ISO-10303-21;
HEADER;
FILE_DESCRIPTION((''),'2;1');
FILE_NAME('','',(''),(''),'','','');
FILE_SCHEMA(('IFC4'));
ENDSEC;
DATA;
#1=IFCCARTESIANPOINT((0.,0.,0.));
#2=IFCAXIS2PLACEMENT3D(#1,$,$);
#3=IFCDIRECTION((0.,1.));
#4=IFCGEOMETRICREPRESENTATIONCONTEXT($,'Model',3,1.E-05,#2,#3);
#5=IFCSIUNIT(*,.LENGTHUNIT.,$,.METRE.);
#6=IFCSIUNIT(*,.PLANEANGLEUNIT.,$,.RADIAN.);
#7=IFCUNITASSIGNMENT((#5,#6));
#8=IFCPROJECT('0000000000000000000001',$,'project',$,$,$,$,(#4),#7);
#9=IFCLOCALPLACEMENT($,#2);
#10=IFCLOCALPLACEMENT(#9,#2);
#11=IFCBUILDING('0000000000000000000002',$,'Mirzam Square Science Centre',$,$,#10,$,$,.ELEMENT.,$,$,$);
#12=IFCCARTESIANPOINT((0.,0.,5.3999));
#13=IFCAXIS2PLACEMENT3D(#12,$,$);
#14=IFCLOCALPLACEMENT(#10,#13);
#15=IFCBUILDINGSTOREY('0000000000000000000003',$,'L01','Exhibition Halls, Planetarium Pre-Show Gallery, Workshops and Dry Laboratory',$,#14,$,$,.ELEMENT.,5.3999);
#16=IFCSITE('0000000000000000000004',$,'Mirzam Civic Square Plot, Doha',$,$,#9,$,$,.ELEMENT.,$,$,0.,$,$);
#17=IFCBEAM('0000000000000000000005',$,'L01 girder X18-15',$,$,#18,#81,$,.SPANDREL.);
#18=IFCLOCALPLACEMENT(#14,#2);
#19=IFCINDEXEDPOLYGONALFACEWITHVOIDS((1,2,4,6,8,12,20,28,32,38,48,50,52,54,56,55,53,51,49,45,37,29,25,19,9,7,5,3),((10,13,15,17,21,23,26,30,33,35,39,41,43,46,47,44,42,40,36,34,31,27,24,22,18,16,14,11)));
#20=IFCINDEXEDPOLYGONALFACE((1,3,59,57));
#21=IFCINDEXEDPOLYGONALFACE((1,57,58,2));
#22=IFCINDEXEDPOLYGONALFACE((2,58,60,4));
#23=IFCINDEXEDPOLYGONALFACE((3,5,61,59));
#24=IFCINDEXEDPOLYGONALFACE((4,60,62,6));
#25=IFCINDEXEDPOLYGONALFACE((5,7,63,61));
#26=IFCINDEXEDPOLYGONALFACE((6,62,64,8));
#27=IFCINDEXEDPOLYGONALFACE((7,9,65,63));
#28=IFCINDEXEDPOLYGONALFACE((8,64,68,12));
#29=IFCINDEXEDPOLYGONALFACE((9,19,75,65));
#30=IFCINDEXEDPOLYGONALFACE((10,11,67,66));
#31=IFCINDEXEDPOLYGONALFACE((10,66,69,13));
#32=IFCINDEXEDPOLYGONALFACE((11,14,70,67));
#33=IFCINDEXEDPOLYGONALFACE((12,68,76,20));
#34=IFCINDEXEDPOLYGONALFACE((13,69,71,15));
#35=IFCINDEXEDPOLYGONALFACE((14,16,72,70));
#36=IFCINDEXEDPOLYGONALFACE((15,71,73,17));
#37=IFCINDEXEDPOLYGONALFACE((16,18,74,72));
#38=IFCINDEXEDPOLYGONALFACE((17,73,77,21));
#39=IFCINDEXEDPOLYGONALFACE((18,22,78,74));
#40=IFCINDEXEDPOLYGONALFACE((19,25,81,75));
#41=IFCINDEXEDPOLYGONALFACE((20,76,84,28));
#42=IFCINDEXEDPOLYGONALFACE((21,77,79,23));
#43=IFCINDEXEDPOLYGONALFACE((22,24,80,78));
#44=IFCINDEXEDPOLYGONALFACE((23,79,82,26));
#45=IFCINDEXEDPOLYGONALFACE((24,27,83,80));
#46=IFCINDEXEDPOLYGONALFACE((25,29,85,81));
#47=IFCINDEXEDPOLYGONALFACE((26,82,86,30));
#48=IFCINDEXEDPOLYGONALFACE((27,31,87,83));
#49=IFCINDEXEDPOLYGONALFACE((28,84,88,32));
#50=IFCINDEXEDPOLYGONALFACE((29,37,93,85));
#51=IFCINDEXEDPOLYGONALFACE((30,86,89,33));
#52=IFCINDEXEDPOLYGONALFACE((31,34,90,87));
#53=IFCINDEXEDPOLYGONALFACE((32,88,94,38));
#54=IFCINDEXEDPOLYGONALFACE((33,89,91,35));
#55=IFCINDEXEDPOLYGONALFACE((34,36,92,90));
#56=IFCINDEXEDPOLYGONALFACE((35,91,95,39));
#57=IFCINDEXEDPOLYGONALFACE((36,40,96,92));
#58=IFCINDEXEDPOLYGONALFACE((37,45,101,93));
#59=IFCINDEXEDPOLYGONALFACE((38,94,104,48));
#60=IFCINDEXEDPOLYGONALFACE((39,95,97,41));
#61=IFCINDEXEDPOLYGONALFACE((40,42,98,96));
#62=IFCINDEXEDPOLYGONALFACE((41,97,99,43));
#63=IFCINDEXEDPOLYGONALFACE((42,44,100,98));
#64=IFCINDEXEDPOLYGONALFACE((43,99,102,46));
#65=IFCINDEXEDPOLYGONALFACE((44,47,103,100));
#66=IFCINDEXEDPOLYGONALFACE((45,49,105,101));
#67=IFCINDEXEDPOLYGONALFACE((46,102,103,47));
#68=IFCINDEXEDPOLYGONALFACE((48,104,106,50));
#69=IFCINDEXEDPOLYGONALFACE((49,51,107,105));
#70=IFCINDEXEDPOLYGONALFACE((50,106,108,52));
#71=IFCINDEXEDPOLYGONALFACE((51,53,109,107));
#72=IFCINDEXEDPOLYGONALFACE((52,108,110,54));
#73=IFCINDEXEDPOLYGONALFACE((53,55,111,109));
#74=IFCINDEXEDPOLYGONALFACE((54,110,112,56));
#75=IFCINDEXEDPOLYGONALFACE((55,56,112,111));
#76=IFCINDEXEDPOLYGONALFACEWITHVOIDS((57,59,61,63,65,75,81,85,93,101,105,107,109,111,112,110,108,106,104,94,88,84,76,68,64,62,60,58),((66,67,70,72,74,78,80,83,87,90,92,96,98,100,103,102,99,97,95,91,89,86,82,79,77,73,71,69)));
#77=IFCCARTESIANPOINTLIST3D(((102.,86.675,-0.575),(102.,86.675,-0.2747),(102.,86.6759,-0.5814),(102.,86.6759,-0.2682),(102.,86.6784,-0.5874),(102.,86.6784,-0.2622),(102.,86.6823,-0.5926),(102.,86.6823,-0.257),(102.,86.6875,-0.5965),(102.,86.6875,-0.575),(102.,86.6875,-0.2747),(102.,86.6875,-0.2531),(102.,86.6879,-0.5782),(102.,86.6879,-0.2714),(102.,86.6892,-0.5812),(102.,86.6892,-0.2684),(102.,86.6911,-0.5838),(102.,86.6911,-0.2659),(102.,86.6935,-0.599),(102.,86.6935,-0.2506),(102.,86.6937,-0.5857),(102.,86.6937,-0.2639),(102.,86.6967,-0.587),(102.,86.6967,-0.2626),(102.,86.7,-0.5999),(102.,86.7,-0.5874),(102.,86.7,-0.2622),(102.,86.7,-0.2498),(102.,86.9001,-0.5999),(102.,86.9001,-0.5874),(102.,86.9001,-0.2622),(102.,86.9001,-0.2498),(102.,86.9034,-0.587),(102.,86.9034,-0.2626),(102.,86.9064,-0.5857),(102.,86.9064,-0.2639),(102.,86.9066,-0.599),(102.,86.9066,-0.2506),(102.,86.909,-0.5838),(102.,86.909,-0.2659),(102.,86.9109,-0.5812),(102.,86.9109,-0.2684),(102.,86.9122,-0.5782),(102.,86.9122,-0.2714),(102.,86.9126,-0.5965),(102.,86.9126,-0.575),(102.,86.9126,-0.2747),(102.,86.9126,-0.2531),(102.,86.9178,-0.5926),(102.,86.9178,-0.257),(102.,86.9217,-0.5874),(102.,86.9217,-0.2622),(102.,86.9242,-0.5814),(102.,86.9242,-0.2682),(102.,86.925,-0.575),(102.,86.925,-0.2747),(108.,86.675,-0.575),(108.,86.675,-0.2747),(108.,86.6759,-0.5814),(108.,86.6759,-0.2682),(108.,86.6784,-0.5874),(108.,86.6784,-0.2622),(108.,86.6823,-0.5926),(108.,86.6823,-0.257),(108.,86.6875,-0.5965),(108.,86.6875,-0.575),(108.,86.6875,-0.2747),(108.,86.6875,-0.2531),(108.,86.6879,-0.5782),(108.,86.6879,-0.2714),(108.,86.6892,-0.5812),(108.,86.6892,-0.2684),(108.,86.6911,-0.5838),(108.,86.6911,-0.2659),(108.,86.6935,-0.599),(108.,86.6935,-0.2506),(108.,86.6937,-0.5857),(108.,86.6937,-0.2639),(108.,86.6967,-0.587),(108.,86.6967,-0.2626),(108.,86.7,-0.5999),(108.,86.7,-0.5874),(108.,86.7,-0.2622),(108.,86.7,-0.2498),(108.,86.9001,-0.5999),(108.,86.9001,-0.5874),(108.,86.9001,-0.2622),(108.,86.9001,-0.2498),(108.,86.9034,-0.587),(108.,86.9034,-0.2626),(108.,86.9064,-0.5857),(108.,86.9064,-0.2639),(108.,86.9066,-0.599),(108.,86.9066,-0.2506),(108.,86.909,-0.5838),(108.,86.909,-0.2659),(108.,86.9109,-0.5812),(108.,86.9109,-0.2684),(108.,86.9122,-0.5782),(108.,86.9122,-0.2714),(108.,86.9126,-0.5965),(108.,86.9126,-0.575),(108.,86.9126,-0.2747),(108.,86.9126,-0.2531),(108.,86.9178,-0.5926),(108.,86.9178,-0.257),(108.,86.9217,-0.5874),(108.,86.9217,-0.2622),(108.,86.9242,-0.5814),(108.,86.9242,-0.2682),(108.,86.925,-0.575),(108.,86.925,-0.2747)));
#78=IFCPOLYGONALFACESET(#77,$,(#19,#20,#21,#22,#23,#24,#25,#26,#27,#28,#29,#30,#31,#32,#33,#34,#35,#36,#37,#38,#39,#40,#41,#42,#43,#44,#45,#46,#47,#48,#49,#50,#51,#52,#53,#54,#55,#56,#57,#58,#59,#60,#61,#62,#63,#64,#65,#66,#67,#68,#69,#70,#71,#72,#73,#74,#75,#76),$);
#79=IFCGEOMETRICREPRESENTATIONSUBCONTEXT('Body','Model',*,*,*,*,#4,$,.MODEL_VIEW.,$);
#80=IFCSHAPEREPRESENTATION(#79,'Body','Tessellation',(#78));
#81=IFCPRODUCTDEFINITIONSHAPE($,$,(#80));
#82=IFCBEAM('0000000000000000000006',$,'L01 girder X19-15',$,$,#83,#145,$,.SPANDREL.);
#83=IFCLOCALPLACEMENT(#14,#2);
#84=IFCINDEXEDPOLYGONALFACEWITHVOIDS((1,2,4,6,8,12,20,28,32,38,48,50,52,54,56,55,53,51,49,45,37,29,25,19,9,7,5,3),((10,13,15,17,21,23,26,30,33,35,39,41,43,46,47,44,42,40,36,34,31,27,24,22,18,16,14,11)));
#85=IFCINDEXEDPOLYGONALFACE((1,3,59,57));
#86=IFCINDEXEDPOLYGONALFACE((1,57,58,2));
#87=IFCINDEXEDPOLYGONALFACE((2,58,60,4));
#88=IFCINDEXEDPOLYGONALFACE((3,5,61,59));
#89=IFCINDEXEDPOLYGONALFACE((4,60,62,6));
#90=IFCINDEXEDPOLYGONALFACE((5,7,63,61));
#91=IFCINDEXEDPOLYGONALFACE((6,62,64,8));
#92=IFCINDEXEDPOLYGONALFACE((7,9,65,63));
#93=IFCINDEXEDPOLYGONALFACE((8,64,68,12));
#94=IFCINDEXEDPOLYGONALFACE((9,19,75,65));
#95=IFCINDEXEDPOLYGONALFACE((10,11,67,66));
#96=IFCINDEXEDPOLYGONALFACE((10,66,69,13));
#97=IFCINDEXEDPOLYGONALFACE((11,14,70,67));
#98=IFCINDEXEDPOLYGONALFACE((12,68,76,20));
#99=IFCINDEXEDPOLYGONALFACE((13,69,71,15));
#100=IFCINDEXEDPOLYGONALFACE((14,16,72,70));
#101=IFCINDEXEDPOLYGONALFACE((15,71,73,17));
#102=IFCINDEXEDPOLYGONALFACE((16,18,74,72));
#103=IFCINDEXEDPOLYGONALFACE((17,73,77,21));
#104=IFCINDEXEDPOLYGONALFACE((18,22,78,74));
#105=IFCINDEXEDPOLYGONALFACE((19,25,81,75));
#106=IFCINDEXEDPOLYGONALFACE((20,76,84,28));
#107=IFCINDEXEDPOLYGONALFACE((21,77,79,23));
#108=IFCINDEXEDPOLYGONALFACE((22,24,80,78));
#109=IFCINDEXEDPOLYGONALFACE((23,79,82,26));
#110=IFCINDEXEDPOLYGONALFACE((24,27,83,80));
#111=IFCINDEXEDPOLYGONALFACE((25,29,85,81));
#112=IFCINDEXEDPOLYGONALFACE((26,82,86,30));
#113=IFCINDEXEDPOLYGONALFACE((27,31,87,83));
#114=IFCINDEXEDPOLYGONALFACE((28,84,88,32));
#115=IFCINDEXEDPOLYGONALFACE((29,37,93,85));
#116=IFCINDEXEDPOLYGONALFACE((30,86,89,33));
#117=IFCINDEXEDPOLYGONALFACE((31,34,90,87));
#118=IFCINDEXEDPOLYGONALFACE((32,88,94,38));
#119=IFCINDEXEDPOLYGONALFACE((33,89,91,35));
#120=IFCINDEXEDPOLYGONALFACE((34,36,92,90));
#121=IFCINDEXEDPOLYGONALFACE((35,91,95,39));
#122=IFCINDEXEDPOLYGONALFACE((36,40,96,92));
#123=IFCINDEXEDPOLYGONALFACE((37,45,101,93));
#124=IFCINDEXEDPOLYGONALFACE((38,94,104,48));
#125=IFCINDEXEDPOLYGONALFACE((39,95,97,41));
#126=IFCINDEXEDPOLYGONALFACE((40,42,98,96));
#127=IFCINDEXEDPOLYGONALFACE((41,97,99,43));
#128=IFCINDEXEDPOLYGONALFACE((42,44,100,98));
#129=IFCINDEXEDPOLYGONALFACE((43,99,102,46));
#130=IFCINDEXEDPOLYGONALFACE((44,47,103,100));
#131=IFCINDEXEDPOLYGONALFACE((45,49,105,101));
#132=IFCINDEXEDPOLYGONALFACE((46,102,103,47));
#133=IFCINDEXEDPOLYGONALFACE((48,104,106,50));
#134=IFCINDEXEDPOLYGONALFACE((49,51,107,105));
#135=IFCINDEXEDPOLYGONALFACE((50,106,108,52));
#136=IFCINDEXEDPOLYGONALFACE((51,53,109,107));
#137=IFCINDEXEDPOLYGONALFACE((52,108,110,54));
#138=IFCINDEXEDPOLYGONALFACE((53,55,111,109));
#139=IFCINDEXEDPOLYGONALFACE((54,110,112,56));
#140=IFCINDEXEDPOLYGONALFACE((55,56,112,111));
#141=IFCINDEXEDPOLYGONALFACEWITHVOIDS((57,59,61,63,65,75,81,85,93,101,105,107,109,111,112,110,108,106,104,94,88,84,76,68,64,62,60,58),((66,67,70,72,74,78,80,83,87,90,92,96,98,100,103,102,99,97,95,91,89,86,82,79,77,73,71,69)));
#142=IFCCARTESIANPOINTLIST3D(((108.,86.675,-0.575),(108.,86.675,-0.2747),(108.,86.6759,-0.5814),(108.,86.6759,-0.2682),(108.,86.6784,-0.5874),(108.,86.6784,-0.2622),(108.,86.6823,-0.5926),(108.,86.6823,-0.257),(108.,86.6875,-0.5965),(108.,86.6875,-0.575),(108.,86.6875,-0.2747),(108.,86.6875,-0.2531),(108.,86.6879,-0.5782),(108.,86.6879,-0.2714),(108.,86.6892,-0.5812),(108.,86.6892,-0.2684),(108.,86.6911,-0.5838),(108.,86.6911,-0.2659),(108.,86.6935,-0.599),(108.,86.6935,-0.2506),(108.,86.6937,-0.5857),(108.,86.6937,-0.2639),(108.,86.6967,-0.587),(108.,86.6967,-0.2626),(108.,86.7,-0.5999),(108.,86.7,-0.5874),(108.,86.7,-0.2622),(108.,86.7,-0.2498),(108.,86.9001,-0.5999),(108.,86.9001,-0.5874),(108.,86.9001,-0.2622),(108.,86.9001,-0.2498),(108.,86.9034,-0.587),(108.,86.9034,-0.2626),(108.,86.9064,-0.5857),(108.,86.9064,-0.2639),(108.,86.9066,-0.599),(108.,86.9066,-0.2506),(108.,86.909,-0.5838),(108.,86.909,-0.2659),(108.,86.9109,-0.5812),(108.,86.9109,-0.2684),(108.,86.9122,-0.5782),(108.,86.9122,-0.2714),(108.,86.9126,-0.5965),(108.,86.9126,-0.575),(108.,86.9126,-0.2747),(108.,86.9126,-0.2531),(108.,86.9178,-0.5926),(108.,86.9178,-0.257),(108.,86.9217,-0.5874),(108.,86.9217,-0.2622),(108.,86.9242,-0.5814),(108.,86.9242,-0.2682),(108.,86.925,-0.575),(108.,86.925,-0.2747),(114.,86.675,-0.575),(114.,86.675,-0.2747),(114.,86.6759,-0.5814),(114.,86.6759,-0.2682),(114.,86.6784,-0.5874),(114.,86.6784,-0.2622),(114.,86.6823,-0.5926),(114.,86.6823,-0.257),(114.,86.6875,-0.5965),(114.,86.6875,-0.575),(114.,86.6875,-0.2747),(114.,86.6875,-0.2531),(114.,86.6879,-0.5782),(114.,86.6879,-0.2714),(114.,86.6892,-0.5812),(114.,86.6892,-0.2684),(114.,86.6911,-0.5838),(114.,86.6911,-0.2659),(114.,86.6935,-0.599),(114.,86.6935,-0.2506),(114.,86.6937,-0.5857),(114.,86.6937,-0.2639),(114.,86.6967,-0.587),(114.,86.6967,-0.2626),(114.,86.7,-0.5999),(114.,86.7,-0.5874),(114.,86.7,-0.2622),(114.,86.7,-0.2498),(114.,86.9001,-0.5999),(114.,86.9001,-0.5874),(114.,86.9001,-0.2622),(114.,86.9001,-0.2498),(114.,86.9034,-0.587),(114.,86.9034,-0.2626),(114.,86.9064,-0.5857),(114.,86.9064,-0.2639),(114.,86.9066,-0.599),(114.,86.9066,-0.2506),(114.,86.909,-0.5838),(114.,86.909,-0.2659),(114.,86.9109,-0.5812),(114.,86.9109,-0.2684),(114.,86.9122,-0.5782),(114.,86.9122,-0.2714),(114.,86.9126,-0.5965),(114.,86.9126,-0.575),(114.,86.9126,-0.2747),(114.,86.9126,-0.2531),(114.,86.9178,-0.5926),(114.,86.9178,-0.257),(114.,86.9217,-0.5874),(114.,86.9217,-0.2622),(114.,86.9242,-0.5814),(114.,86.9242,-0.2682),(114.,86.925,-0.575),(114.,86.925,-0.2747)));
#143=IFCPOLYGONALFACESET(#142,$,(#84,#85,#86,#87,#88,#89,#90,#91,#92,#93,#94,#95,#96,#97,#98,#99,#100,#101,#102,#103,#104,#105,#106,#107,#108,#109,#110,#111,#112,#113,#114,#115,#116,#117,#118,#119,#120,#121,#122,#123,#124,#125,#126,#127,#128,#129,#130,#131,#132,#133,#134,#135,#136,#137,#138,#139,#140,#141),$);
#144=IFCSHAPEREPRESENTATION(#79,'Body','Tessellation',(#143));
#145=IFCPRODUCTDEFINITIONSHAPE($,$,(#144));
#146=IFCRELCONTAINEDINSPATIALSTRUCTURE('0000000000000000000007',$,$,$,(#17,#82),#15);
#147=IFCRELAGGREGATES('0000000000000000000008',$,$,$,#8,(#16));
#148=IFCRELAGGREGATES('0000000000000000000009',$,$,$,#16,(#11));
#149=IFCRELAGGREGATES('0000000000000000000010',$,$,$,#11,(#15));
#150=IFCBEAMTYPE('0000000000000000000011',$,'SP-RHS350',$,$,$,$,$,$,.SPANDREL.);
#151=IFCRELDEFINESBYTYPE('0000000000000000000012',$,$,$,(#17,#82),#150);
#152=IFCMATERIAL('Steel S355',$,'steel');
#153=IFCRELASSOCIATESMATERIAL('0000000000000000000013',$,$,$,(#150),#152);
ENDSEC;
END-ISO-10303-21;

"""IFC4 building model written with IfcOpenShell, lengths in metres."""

from ifc_helpers import new_model, si_unit, direction, frame, origin, origin_2d, place, context, subcontext, project, spatial, hollow_rectangle, extrude, material, material_profile, profile_set, type_object, element, save


model = new_model("IFC4")

# Units and contexts
model_context = context("Model", 3, precision=1e-05, world=origin(), true_north=direction((0.0, 1.0)))
body_context = subcontext(model_context, "Body", "Model", "MODEL_VIEW")
ifc_project = project(units=[si_unit("LENGTHUNIT", "METRE"), si_unit("PLANEANGLEUNIT", "RADIAN")], contexts=[model_context])

# Site, building, storey
site_placement = place(None, origin())
site = spatial("IfcSite", under=ifc_project, at=site_placement, Name="Mirzam Civic Square Plot, Doha", CompositionType="ELEMENT", RefElevation=0.0)
building_placement = place(site_placement, origin())
building = spatial("IfcBuilding", under=site, at=building_placement, Name="Mirzam Square Science Centre", CompositionType="ELEMENT")
storey_placement = place(building_placement, frame((0.0, 0.0, 5.3999)))
storey = spatial("IfcBuildingStorey", under=building, at=storey_placement, Name="L01", Description="Exhibition Halls, Planetarium Pre-Show Gallery, Workshops and Dry Laboratory", CompositionType="ELEMENT", Elevation=5.3999)

# Shared definitions
ifc_material_1 = material(Name="Steel S355", Category="steel")

# Beams
ifc_material_profile_1 = material_profile(ifc_material_1, hollow_rectangle(XDim=0.25, YDim=0.3501, WallThickness=0.0125, InnerFilletRadius=0.0125, OuterFilletRadius=0.0249, at=origin_2d()), Name="350x250x12.5RHS")
ifc_profile_set_1 = profile_set([ifc_material_profile_1], Name="Steel S355")
beam_type_1 = type_object("IfcBeamType", Name="SP-RHS350", PredefinedType="SPANDREL", material=ifc_profile_set_1)
for number, where, z_axis, x_axis, name in (
    (1, (102.0, 86.8, -0.4248), (1.0, 0.0, 0.0), (0.0, 1.0, 0.0), "L01 girder X18-15"),
    (2, (108.0, 86.8, -0.4248), (1.0, 0.0, 0.0), (0.0, 1.0, 0.0), "L01 girder X19-15"),
):
    element("IfcBeam", number, at=place(storey_placement, frame(where, z_axis=z_axis, x_axis=x_axis)), inside=storey, type_object=beam_type_1, Name=name, PredefinedType="SPANDREL", context=body_context, shape_type="SweptSolid", body=[
        extrude(hollow_rectangle(XDim=0.25, YDim=0.3501, WallThickness=0.0125, InnerFilletRadius=0.0125, OuterFilletRadius=0.0249, at=origin_2d()), origin(), (0.0, 0.0, 1.0), 6.0),
    ])

save(model, "model.ifc")
